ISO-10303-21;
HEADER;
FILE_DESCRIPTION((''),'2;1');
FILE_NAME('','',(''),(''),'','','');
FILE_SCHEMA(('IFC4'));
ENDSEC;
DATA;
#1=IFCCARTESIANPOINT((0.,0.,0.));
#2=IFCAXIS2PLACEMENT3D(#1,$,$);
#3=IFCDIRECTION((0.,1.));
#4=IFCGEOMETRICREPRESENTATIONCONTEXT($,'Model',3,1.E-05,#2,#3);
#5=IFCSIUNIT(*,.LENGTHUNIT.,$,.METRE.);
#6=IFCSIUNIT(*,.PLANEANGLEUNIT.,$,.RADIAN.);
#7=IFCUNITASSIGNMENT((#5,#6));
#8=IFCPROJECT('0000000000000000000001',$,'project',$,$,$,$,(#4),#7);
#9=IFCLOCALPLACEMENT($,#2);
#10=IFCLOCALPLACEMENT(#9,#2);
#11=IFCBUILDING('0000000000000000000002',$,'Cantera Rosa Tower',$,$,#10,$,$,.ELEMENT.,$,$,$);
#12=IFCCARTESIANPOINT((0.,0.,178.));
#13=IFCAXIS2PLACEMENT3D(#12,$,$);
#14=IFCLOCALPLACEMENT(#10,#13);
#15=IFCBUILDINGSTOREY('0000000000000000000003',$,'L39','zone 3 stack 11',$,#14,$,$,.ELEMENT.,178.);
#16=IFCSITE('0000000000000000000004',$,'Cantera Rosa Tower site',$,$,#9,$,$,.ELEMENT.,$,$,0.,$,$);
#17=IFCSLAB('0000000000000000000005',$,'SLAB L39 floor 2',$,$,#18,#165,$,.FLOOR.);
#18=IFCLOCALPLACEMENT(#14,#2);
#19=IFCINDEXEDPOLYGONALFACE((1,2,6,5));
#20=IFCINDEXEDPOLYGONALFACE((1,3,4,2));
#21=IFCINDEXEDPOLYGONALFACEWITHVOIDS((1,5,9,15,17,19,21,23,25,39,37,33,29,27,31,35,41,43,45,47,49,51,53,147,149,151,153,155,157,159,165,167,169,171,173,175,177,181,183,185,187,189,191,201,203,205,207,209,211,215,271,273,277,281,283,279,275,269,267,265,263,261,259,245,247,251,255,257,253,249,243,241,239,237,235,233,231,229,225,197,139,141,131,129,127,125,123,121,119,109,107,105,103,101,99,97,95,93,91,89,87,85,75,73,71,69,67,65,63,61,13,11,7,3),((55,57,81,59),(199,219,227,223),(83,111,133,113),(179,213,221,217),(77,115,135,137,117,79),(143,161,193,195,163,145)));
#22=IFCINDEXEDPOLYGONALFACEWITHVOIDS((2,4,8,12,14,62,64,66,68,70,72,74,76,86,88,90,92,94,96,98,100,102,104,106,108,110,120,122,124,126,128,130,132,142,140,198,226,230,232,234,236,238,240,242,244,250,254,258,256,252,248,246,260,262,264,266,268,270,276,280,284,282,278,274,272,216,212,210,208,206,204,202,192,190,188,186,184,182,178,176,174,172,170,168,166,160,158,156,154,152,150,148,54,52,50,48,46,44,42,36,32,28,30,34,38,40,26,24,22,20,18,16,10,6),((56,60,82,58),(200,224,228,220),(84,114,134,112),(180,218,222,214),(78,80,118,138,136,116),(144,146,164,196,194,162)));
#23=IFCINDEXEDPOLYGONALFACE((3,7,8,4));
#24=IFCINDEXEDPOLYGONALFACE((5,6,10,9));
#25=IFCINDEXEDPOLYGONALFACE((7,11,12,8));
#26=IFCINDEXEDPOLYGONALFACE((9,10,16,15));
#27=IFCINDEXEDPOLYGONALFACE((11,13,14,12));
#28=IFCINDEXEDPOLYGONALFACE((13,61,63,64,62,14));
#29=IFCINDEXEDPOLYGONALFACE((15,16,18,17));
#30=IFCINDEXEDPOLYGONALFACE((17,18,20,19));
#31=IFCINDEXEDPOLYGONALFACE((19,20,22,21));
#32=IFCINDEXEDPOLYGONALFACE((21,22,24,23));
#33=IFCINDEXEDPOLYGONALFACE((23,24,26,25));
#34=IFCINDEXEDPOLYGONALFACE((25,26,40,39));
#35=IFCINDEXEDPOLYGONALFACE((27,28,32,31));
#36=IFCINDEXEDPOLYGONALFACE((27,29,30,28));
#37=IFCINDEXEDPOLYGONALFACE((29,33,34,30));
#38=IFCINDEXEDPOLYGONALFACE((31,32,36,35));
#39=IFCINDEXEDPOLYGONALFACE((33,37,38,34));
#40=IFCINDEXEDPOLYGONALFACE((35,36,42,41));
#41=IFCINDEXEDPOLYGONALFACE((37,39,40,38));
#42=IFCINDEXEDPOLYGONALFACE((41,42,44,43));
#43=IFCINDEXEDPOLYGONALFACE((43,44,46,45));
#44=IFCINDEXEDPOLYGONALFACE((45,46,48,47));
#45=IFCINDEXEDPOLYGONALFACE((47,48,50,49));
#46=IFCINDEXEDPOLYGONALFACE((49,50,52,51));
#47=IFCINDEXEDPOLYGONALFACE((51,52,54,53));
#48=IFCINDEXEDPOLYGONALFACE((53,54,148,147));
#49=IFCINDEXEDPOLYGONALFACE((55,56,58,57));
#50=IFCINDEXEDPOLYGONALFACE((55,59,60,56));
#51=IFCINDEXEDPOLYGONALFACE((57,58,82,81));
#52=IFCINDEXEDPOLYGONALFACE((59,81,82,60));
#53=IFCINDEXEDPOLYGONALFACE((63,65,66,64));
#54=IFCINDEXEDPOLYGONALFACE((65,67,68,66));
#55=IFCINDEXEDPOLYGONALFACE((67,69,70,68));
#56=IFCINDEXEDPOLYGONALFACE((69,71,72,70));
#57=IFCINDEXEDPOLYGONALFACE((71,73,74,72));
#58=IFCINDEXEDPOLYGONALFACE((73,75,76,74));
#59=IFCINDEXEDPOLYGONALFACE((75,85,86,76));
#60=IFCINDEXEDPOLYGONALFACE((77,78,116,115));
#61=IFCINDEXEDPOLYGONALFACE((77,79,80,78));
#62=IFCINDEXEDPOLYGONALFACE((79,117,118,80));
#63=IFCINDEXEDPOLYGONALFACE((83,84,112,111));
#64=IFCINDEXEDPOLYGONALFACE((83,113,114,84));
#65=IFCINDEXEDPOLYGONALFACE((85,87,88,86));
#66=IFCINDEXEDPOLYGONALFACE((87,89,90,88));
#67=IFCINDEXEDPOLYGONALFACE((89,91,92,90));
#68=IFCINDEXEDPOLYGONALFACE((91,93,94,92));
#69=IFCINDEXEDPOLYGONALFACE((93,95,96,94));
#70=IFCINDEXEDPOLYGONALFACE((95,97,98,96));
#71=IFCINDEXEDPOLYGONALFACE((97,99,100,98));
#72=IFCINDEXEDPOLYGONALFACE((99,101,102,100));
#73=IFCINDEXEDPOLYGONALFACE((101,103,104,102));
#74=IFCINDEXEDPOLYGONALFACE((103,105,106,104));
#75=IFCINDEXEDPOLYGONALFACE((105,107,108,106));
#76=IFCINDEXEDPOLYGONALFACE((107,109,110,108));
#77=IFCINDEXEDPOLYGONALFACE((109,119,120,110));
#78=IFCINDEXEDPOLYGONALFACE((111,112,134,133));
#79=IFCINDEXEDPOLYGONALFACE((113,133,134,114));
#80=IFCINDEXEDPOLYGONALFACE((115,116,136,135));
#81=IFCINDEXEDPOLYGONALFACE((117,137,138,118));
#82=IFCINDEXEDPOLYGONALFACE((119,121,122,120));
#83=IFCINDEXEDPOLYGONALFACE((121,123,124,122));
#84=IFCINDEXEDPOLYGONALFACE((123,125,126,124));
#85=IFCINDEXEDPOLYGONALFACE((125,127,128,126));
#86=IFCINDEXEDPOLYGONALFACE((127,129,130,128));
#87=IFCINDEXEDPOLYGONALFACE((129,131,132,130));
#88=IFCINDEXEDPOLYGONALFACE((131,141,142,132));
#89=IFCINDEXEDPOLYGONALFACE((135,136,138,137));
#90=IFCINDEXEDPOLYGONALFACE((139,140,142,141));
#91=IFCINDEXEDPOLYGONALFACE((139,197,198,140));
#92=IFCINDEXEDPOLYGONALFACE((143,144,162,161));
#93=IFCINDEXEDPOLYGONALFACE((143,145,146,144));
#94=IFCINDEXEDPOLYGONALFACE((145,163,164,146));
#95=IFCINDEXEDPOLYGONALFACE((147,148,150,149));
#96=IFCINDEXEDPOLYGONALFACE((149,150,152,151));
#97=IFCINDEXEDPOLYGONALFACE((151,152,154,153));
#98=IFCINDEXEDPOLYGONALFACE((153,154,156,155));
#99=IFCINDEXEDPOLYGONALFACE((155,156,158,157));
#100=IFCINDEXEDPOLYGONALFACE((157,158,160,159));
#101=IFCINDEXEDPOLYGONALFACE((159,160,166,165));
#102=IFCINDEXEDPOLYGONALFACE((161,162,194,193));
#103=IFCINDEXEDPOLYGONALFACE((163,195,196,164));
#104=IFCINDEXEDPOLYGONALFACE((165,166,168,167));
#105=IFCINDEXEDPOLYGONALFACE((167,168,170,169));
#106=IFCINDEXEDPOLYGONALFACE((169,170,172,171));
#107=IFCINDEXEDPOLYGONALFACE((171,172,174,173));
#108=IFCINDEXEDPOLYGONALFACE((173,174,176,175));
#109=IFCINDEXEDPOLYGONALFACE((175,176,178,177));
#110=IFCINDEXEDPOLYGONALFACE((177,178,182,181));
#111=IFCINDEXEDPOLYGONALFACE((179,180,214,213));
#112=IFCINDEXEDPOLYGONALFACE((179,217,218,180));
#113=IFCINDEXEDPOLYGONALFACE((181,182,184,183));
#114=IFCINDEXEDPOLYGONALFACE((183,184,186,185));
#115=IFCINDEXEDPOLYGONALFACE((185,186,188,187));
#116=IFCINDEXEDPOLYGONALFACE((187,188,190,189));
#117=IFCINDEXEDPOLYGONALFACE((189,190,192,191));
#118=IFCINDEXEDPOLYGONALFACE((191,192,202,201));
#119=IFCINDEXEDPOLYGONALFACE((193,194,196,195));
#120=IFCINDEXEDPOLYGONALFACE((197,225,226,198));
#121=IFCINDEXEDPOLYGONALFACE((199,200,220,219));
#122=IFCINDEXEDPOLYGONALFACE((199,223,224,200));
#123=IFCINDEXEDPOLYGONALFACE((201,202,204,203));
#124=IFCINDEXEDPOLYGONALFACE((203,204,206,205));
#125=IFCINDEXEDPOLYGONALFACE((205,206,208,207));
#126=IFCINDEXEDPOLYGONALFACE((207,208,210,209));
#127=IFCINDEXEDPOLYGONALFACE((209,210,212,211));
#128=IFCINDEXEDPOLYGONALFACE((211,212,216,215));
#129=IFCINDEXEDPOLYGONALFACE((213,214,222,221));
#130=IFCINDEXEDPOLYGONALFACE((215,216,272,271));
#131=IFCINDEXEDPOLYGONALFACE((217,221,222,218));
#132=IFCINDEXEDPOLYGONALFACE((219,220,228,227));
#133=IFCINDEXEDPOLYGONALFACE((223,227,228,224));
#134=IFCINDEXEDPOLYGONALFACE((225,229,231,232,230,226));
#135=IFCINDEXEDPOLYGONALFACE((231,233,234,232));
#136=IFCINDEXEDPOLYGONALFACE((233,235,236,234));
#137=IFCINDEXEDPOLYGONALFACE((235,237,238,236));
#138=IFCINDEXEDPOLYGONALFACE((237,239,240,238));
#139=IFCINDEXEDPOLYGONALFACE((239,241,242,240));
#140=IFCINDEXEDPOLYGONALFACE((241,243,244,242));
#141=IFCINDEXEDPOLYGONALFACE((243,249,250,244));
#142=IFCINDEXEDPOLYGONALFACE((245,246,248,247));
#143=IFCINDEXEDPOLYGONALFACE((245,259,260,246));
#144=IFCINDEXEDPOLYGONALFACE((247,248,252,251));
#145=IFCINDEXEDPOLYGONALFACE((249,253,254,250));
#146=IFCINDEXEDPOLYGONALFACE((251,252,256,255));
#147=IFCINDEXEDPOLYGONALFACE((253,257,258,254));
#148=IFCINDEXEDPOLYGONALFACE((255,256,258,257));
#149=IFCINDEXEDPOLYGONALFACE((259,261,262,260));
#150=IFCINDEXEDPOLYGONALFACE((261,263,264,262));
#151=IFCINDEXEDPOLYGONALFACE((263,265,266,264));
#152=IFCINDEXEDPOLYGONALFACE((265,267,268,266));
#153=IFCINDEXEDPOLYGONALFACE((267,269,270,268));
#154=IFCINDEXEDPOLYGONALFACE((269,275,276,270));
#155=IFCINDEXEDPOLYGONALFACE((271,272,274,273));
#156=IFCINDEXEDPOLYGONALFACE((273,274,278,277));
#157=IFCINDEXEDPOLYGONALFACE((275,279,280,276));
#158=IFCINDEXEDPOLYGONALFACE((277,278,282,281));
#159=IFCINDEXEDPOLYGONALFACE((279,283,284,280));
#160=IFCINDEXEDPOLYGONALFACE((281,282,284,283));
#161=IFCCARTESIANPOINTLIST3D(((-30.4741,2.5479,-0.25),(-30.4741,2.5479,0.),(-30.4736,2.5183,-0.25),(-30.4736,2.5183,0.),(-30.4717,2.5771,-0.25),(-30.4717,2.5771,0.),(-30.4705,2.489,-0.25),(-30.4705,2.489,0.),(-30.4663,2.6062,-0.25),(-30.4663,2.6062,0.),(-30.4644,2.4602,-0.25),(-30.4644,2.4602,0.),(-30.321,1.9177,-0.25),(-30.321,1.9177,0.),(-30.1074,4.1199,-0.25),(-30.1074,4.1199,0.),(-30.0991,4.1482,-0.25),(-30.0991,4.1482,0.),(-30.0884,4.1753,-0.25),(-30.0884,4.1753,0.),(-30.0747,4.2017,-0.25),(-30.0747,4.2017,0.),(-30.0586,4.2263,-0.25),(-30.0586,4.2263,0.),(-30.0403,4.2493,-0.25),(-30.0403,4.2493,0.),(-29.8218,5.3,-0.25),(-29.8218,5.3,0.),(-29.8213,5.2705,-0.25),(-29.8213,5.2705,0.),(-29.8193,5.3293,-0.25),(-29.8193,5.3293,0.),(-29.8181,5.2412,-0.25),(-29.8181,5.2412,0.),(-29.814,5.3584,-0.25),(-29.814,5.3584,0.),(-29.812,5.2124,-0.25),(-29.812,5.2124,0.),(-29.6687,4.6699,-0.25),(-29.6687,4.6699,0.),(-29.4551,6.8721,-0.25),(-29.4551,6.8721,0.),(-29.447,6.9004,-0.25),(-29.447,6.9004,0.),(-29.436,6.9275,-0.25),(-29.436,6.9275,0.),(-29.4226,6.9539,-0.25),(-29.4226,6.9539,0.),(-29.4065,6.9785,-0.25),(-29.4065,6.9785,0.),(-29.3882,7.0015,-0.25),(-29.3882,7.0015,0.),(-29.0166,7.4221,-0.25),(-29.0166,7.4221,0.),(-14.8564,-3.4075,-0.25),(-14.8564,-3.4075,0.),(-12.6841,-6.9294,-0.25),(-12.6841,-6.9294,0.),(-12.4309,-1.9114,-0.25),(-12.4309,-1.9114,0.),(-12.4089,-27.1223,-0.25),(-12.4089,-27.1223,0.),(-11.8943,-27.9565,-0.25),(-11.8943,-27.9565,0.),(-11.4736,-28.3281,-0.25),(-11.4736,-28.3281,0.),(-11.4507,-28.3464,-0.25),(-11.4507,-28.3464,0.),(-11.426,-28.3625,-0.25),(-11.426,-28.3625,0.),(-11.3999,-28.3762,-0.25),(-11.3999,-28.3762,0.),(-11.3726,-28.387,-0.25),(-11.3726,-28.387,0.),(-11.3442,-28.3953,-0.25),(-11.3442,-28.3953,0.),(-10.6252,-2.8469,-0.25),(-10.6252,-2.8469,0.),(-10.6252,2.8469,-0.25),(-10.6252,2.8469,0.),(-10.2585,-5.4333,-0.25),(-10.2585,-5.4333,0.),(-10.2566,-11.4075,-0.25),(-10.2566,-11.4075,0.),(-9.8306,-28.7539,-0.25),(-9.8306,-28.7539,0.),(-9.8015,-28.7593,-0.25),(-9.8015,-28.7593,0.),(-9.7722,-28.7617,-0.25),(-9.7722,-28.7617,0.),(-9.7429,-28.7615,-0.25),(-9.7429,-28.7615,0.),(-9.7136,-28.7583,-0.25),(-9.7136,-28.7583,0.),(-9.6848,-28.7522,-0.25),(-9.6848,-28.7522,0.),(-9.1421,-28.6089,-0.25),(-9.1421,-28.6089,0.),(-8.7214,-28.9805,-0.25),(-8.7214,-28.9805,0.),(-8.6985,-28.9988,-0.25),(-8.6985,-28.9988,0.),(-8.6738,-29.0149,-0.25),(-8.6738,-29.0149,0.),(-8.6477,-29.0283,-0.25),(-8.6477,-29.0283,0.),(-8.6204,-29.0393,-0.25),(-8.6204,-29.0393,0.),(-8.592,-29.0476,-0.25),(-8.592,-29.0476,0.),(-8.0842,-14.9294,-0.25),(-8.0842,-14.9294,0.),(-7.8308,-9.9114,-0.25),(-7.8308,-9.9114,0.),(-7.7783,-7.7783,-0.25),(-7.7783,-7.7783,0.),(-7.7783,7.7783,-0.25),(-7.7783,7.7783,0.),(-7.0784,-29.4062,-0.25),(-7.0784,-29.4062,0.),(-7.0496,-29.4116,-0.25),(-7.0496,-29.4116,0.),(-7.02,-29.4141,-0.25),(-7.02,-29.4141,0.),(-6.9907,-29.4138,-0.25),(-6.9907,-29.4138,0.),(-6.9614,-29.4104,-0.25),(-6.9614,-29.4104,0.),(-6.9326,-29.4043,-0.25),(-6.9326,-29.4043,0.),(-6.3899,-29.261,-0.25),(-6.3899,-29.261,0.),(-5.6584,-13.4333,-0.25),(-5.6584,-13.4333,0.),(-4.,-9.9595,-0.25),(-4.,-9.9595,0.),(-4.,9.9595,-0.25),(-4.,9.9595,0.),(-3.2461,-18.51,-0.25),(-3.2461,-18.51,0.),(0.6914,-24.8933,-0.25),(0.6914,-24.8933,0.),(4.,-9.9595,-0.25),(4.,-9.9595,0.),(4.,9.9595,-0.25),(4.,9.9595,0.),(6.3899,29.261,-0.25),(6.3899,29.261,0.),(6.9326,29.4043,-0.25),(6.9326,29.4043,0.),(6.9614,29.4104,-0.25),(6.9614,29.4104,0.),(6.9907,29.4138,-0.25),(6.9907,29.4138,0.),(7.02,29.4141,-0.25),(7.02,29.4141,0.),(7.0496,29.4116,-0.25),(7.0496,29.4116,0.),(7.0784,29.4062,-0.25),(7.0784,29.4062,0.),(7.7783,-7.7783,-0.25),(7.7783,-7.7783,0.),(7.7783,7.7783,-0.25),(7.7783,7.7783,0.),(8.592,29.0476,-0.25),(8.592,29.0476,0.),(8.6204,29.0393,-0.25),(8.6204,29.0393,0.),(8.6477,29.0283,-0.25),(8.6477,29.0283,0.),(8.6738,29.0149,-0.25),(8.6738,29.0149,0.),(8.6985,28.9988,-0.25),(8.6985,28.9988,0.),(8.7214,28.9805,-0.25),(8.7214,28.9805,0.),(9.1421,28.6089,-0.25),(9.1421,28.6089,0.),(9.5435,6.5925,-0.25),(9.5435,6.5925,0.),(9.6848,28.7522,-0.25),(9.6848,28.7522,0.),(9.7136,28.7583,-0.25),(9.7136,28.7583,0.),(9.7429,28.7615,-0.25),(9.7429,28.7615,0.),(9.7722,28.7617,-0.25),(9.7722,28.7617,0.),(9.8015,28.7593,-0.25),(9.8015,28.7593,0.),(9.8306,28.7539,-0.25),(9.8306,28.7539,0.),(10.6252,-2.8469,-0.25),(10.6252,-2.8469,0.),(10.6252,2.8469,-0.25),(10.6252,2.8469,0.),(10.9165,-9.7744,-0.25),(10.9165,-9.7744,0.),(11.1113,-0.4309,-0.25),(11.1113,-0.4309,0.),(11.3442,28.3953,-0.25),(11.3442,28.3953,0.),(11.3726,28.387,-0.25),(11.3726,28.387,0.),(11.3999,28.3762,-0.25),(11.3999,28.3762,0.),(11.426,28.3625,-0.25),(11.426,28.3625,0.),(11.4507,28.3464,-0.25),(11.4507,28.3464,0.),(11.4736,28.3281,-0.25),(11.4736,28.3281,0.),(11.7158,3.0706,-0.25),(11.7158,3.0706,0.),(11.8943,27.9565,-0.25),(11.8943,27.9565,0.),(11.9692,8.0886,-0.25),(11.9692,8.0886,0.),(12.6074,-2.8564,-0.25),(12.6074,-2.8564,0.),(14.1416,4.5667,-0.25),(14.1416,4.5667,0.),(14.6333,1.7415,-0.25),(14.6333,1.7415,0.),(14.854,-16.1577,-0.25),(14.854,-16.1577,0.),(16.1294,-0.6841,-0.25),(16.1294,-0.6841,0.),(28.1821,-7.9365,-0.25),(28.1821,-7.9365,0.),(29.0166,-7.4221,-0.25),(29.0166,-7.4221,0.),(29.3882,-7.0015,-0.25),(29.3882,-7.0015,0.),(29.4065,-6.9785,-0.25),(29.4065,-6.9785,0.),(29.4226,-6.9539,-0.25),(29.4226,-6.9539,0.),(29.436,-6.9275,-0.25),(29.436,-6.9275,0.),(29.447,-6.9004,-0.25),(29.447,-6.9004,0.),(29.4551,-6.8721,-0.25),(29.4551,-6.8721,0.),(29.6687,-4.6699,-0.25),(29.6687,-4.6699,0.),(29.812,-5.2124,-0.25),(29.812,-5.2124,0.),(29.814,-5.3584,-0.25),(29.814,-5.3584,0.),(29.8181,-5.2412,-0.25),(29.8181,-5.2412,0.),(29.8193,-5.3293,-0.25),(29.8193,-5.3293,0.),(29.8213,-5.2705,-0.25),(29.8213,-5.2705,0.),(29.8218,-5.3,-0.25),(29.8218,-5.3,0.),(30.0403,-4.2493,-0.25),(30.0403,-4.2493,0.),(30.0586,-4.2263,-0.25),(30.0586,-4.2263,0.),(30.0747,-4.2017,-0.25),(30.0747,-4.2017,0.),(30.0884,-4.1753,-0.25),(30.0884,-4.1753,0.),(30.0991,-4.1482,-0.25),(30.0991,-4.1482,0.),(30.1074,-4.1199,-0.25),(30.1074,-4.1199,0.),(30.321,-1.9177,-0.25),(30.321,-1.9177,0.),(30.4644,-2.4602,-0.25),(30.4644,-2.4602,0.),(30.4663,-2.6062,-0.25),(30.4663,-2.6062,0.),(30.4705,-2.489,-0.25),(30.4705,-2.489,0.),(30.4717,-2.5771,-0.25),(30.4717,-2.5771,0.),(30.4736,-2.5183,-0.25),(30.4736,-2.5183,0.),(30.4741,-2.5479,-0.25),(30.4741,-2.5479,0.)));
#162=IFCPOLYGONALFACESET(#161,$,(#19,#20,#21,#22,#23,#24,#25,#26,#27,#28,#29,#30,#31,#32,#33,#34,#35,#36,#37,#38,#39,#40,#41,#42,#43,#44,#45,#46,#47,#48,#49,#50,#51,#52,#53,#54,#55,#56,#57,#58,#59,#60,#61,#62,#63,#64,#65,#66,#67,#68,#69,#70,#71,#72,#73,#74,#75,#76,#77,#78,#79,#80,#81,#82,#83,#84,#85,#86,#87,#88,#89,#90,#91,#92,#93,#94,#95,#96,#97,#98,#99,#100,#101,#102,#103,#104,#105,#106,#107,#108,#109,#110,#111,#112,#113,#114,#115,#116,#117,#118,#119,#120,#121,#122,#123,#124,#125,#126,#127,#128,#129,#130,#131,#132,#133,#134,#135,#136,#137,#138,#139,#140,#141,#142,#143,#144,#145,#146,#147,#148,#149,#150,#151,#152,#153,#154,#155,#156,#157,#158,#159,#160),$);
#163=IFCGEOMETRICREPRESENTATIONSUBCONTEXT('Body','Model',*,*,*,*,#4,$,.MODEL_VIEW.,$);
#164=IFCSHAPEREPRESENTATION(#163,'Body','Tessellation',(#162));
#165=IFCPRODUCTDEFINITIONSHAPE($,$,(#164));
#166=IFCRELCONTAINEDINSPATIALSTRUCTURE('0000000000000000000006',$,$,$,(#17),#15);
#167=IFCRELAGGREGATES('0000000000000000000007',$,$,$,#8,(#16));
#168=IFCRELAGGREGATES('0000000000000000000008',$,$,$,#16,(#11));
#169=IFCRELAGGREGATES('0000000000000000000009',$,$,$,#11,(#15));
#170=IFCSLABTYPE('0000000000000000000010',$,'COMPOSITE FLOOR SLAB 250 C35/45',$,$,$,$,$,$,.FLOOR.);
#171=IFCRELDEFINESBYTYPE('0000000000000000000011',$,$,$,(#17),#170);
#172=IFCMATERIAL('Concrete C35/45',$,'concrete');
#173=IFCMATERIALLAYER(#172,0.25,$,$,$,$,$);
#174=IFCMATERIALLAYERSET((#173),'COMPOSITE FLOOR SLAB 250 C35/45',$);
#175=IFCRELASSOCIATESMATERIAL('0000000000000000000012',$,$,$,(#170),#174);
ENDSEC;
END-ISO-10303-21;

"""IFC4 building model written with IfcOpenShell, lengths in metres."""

from ifc_helpers import new_model, si_unit, direction, frame, origin, place, context, subcontext, project, spatial, polyline, outline, extrude, material, layer, layer_set, type_object, element, save


model = new_model("IFC4")

# Units and contexts
model_context = context("Model", 3, precision=1e-05, world=origin(), true_north=direction((0.0, 1.0)))
body_context = subcontext(model_context, "Body", "Model", "MODEL_VIEW")
ifc_project = project(units=[si_unit("LENGTHUNIT", "METRE"), si_unit("PLANEANGLEUNIT", "RADIAN")], contexts=[model_context])

# Site, building, storey
site_placement = place(None, origin())
site = spatial("IfcSite", under=ifc_project, at=site_placement, Name="Cantera Rosa Tower site", CompositionType="ELEMENT", RefElevation=0.0)
building_placement = place(site_placement, origin())
building = spatial("IfcBuilding", under=site, at=building_placement, Name="Cantera Rosa Tower", CompositionType="ELEMENT")
storey_placement = place(building_placement, frame((0.0, 0.0, 178.0)))
storey = spatial("IfcBuildingStorey", under=building, at=storey_placement, Name="L39", Description="zone 3 stack 11", CompositionType="ELEMENT", Elevation=178.0)

# Slab
ifc_material_1 = material(Name="Concrete C35/45", Category="concrete")
ifc_layer_1 = layer(ifc_material_1, 0.25)
ifc_layer_set_1 = layer_set([ifc_layer_1], Name="COMPOSITE FLOOR SLAB 250 C35/45")
slab_type_1 = type_object("IfcSlabType", Name="COMPOSITE FLOOR SLAB 250 C35/45", PredefinedType="FLOOR", material=ifc_layer_set_1)
slab_1_placement = place(storey_placement, frame((0.0, 0.0, -0.25)))
element("IfcSlab", 1, at=slab_1_placement, inside=storey, type_object=slab_type_1, Name="SLAB L39 floor 2", PredefinedType="FLOOR", context=body_context, shape_type="SweptSolid", body=[
    extrude(outline(polyline([(-8.6477, -29.0283), (-8.6738, -29.0149), (-8.6985, -28.9988), (-8.7214, -28.9805), (-9.1421, -28.6089), (-9.6848, -28.7522), (-9.7136, -28.7583), (-9.7429, -28.7615), (-9.7722, -28.7617), (-9.8015, -28.7593), (-9.8306, -28.7539), (-11.3442, -28.3953), (-11.3726, -28.387), (-11.3999, -28.3762), (-11.426, -28.3625), (-11.4507, -28.3464), (-11.4736, -28.3281), (-11.8943, -27.9565), (-12.4089, -27.1223), (-30.321, 1.9177), (-30.4644, 2.4602), (-30.4705, 2.489), (-30.4736, 2.5183), (-30.4741, 2.5479), (-30.4717, 2.5771), (-30.4663, 2.6062), (-30.1074, 4.1199), (-30.0991, 4.1482), (-30.0884, 4.1753), (-30.0747, 4.2017), (-30.0586, 4.2263), (-30.0403, 4.2493), (-29.6687, 4.6699), (-29.812, 5.2124), (-29.8181, 5.2412), (-29.8213, 5.2705), (-29.8218, 5.3), (-29.8193, 5.3293), (-29.814, 5.3584), (-29.4551, 6.8721), (-29.447, 6.9004), (-29.436, 6.9275), (-29.4226, 6.9539), (-29.4065, 6.9785), (-29.3882, 7.0015), (-29.0166, 7.4221), (6.3899, 29.261), (6.9326, 29.4043), (6.9614, 29.4104), (6.9907, 29.4138), (7.02, 29.4141), (7.0496, 29.4116), (7.0784, 29.4062), (8.592, 29.0476), (8.6204, 29.0393), (8.6477, 29.0283), (8.6738, 29.0149), (8.6985, 28.9988), (8.7214, 28.9805), (9.1421, 28.6089), (9.6848, 28.7522), (9.7136, 28.7583), (9.7429, 28.7615), (9.7722, 28.7617), (9.8015, 28.7593), (9.8306, 28.7539), (11.3442, 28.3953), (11.3726, 28.387), (11.3999, 28.3762), (11.426, 28.3625), (11.4507, 28.3464), (11.4736, 28.3281), (11.8943, 27.9565), (30.321, -1.9177), (30.4644, -2.4602), (30.4705, -2.489), (30.4736, -2.5183), (30.4741, -2.5479), (30.4717, -2.5771), (30.4663, -2.6062), (30.1074, -4.1199), (30.0991, -4.1482), (30.0884, -4.1753), (30.0747, -4.2017), (30.0586, -4.2263), (30.0403, -4.2493), (29.6687, -4.6699), (29.812, -5.2124), (29.8181, -5.2412), (29.8213, -5.2705), (29.8218, -5.3), (29.8193, -5.3293), (29.814, -5.3584), (29.4551, -6.8721), (29.447, -6.9004), (29.436, -6.9275), (29.4226, -6.9539), (29.4065, -6.9785), (29.3882, -7.0015), (29.0166, -7.4221), (28.1821, -7.9365), (14.854, -16.1577), (10.9165, -9.7744), (-3.2461, -18.51), (0.6914, -24.8933), (-6.3899, -29.261), (-6.9326, -29.4043), (-6.9614, -29.4104), (-6.9907, -29.4138), (-7.02, -29.4141), (-7.0496, -29.4116), (-7.0784, -29.4062), (-8.592, -29.0476), (-8.6204, -29.0393), (-8.6477, -29.0283)]), holes=[polyline([(-5.6584, -13.4333), (-7.8308, -9.9114), (-10.2566, -11.4075), (-8.0842, -14.9294), (-5.6584, -13.4333)]), polyline([(-10.2585, -5.4333), (-12.4309, -1.9114), (-14.8564, -3.4075), (-12.6841, -6.9294), (-10.2585, -5.4333)]), polyline([(-7.7783, 7.7783), (-10.6252, 2.8469), (-10.6252, -2.8469), (-7.7783, -7.7783), (-4.0, -9.9595), (-4.0, 9.9595), (-7.7783, 7.7783)]), polyline([(14.6333, 1.7415), (11.1113, -0.4309), (12.6074, -2.8564), (16.1294, -0.6841), (14.6333, 1.7415)]), polyline([(7.7783, -7.7783), (10.6252, -2.8469), (10.6252, 2.8469), (7.7783, 7.7783), (4.0, 9.9595), (4.0, -9.9595), (7.7783, -7.7783)]), polyline([(11.7158, 3.0706), (14.1416, 4.5667), (11.9692, 8.0886), (9.5435, 6.5925), (11.7158, 3.0706)])]), origin(), (0.0, 0.0, 1.0), 0.25),
])

save(model, "model.ifc")
